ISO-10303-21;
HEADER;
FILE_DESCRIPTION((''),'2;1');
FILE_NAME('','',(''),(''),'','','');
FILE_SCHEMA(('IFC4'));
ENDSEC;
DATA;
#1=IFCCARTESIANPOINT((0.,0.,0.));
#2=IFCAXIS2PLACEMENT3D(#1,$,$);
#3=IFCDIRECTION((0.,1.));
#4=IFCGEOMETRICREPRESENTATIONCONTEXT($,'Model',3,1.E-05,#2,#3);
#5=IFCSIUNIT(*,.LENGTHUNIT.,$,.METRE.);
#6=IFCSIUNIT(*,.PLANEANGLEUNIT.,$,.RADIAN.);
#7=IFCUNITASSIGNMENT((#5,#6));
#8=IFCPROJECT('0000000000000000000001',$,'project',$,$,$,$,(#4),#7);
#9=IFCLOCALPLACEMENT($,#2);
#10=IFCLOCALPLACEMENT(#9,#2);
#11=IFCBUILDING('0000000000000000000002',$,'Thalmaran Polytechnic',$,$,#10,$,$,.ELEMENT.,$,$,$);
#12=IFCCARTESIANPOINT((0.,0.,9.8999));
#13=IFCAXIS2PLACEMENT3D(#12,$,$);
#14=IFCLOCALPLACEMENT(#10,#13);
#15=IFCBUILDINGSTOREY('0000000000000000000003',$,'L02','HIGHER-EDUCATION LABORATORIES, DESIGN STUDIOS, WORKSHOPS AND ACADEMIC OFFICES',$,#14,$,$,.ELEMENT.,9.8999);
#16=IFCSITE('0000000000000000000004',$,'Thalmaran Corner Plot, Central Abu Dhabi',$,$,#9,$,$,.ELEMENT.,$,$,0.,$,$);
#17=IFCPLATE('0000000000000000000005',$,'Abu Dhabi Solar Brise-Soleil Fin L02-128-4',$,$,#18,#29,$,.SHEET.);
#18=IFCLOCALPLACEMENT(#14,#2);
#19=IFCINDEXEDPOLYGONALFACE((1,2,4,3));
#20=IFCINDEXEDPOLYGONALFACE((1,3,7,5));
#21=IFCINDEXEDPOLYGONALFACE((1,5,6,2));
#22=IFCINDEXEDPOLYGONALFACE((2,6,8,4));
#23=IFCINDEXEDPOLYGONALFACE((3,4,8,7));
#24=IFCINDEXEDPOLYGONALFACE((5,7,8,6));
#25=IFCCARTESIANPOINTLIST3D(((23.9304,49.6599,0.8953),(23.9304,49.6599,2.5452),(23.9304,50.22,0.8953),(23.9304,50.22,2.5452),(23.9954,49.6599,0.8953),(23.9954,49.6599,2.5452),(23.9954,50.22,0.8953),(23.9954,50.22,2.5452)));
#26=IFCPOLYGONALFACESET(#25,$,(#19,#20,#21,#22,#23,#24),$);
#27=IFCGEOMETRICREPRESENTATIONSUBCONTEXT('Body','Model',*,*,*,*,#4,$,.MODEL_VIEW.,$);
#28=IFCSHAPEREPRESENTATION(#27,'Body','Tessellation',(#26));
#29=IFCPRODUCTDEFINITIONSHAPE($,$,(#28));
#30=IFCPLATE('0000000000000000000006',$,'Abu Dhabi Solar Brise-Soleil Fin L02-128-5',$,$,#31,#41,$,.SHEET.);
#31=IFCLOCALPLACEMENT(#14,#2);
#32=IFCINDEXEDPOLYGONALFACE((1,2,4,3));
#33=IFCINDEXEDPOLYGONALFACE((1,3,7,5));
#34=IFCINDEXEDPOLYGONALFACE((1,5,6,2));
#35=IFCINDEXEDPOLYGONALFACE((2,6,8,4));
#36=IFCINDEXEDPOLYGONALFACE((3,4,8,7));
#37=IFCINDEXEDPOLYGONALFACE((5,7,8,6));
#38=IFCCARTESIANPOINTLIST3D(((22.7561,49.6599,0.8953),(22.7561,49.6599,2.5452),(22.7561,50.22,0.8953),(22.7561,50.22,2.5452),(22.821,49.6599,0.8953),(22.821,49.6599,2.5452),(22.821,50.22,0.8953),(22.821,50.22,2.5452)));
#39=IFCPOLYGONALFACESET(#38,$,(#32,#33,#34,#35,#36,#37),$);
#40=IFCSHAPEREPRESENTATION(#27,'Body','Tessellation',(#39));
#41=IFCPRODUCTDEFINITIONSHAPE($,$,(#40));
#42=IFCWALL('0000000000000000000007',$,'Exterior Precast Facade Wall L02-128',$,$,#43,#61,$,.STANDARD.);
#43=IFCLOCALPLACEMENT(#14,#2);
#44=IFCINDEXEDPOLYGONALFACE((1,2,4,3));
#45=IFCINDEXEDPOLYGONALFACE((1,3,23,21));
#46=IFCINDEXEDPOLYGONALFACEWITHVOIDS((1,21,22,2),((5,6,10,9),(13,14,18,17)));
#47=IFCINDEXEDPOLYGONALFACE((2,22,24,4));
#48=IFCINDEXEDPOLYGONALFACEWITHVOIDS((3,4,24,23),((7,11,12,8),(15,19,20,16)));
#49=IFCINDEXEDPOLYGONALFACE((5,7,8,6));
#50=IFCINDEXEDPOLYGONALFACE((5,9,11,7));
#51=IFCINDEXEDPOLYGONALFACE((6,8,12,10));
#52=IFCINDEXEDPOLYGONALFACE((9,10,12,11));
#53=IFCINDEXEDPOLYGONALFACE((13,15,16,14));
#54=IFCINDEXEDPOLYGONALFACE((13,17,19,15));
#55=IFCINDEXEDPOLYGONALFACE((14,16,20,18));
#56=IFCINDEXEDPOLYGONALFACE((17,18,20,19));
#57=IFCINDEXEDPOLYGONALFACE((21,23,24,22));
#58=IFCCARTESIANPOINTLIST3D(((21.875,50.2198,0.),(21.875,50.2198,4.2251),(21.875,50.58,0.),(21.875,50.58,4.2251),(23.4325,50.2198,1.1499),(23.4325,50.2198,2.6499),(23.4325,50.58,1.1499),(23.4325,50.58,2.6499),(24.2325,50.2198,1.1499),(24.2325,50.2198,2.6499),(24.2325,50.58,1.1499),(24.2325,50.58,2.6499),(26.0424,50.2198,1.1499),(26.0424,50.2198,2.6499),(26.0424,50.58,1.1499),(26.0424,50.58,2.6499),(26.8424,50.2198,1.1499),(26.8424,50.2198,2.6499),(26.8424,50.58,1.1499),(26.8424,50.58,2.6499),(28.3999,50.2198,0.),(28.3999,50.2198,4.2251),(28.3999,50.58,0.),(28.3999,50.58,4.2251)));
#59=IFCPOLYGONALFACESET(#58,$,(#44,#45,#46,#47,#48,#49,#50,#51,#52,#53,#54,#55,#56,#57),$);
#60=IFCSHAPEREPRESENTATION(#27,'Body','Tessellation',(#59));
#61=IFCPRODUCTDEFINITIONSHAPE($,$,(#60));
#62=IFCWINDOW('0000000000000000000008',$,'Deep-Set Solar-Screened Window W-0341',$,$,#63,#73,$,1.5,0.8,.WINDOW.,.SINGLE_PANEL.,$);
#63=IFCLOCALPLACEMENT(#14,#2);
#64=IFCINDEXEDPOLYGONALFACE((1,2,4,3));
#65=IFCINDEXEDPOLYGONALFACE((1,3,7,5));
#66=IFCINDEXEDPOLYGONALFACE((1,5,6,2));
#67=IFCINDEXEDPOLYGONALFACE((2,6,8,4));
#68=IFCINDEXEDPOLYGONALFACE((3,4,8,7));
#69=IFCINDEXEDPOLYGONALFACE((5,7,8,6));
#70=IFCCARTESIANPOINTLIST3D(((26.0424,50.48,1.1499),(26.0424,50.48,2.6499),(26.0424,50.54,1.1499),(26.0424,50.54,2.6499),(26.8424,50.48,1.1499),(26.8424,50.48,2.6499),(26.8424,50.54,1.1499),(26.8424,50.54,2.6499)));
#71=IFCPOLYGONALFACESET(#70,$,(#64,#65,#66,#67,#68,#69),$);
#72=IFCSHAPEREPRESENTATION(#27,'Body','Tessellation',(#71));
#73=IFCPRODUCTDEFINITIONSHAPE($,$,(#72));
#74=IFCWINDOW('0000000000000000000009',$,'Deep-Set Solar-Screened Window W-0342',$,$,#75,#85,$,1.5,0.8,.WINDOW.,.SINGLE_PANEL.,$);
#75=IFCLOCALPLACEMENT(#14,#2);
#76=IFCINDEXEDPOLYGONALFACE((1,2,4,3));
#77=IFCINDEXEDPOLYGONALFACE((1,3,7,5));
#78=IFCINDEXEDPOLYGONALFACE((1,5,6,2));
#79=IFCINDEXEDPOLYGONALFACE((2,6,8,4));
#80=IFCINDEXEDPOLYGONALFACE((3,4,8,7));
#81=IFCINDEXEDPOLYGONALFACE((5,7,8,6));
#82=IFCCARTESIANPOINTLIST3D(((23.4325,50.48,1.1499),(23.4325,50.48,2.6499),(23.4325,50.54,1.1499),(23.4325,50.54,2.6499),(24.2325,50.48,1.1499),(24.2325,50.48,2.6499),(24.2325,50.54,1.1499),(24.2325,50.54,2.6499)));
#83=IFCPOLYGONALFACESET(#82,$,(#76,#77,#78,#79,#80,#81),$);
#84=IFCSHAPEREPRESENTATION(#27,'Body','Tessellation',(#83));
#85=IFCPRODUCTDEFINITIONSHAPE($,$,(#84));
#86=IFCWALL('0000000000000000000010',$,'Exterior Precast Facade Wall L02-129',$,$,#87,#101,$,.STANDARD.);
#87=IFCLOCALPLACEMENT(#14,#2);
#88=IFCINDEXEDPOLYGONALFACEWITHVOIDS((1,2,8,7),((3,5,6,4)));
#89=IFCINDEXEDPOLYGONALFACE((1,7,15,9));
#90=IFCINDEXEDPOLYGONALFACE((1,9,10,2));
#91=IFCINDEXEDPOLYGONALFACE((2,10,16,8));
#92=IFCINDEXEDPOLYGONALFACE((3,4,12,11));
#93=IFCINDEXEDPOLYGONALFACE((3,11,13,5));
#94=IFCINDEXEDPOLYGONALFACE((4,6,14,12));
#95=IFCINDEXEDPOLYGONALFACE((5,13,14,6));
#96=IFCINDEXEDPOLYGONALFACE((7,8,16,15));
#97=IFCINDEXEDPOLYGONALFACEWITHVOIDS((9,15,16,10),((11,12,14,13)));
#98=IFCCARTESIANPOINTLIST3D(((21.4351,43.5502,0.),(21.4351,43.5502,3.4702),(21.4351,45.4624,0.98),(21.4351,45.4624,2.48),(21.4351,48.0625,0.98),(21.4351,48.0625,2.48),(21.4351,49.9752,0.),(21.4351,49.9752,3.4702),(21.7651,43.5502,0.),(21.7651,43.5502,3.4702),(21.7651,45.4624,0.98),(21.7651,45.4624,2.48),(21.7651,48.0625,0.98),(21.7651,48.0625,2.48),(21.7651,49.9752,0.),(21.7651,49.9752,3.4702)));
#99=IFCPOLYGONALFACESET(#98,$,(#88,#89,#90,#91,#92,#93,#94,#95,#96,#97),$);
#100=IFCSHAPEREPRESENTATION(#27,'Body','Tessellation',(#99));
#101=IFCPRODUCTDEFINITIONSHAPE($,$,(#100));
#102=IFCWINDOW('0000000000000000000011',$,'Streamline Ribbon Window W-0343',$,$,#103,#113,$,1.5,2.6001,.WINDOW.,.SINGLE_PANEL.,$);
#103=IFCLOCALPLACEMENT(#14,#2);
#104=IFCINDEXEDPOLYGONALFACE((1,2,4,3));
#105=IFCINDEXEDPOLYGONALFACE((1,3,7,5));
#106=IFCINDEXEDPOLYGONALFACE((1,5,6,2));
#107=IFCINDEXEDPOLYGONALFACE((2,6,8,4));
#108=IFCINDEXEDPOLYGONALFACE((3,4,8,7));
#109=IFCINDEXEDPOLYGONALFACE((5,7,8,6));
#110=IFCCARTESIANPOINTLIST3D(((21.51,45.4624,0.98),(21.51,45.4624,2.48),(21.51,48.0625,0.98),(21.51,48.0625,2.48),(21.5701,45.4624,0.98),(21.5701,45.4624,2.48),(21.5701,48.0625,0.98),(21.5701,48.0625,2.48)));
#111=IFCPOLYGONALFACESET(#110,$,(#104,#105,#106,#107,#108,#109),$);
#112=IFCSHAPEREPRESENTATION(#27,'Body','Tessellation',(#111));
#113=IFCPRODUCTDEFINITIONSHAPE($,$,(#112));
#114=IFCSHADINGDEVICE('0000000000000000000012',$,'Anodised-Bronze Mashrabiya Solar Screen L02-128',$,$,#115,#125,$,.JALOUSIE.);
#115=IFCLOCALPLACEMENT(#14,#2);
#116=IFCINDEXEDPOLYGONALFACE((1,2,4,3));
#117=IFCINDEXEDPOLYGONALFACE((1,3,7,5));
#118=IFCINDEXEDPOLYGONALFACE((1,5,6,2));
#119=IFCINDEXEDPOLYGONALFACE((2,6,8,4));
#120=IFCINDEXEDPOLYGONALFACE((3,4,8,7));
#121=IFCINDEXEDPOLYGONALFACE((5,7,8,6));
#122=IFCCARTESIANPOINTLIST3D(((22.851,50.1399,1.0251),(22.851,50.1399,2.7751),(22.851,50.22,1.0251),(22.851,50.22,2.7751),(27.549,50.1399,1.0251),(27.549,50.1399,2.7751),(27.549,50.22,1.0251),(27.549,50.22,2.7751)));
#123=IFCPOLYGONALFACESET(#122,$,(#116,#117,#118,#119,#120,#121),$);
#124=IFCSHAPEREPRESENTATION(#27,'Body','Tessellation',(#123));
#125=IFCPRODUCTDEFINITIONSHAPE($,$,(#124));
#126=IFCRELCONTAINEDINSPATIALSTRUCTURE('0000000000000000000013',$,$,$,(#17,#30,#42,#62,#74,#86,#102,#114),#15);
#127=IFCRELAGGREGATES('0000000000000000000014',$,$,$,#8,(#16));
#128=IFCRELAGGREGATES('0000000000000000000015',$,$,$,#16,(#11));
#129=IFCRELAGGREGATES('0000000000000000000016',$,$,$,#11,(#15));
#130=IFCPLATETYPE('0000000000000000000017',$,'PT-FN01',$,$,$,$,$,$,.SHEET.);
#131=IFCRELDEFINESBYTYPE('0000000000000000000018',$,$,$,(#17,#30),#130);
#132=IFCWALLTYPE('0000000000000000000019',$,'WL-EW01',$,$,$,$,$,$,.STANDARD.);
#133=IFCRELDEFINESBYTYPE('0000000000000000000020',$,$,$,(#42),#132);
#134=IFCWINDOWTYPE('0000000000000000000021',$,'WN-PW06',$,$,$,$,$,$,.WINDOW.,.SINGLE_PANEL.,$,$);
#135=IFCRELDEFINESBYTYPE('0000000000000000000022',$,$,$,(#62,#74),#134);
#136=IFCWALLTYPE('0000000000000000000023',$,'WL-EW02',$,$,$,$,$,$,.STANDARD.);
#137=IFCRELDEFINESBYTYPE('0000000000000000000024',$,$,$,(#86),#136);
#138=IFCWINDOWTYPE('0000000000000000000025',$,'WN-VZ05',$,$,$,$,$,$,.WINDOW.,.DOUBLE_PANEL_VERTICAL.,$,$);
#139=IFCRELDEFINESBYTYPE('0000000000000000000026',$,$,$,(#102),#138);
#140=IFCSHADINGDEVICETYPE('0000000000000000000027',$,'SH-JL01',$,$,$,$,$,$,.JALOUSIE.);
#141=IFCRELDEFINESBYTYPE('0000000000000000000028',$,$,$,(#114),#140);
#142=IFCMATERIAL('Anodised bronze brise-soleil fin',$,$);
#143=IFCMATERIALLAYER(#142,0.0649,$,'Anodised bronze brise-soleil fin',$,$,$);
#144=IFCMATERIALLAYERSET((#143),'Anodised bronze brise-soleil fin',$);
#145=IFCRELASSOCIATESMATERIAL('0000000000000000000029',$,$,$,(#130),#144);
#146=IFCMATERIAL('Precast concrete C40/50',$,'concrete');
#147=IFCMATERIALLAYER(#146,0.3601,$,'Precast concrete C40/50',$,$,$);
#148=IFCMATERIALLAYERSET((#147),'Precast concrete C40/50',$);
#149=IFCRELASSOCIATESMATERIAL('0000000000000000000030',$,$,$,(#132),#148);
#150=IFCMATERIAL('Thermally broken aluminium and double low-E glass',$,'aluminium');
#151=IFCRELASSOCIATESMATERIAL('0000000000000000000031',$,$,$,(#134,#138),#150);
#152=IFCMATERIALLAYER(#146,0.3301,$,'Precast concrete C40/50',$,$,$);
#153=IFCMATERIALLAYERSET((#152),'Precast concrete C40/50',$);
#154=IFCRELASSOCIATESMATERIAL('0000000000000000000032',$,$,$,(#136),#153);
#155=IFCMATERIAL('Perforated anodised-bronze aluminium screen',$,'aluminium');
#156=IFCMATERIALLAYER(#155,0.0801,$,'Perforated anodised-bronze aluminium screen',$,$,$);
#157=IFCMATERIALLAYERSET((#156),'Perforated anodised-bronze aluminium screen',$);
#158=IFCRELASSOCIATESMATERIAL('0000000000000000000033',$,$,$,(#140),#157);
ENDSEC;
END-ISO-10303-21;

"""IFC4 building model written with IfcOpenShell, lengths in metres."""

from ifc_helpers import new_model, si_unit, direction, frame, frame_2d, origin, origin_2d, place, context, subcontext, project, spatial, rectangle, extrude, material, layer, layer_set, type_object, element, fill, save


model = new_model("IFC4")

# Units and contexts
model_context = context("Model", 3, precision=1e-05, world=origin(), true_north=direction((0.0, 1.0)))
body_context = subcontext(model_context, "Body", "Model", "MODEL_VIEW")
ifc_project = project(units=[si_unit("LENGTHUNIT", "METRE"), si_unit("PLANEANGLEUNIT", "RADIAN")], contexts=[model_context])

# Site, building, storey
site_placement = place(None, origin())
site = spatial("IfcSite", under=ifc_project, at=site_placement, Name="Thalmaran Corner Plot, Central Abu Dhabi", CompositionType="ELEMENT", RefElevation=0.0)
building_placement = place(site_placement, origin())
building = spatial("IfcBuilding", under=site, at=building_placement, Name="Thalmaran Polytechnic", CompositionType="ELEMENT")
storey_placement = place(building_placement, frame((0.0, 0.0, 9.8999)))
storey = spatial("IfcBuildingStorey", under=building, at=storey_placement, Name="L02", Description="HIGHER-EDUCATION LABORATORIES, DESIGN STUDIOS, WORKSHOPS AND ACADEMIC OFFICES", CompositionType="ELEMENT", Elevation=9.8999)

# Plates
ifc_material_1 = material(Name="Anodised bronze brise-soleil fin")
ifc_layer_1 = layer(ifc_material_1, 0.0649, Name="Anodised bronze brise-soleil fin")
ifc_layer_set_1 = layer_set([ifc_layer_1], Name="Anodised bronze brise-soleil fin")
plate_type_1 = type_object("IfcPlateType", Name="PT-FN01", PredefinedType="SHEET", material=ifc_layer_set_1)
for number, where, z_axis, x_axis, name in (
    (1, (23.9629, 49.9399, 0.8953), (0.0, 0.0, 1.0), (-1.0, 0.0, 0.0), "Abu Dhabi Solar Brise-Soleil Fin L02-128-4"),
    (2, (22.7886, 49.9399, 0.8953), (0.0, 0.0, 1.0), (-1.0, 0.0, 0.0), "Abu Dhabi Solar Brise-Soleil Fin L02-128-5"),
):
    element("IfcPlate", number, at=place(storey_placement, frame(where, z_axis=z_axis, x_axis=x_axis)), inside=storey, type_object=plate_type_1, Name=name, PredefinedType="SHEET", context=body_context, shape_type="SweptSolid", body=[
        extrude(rectangle(XDim=0.0649, YDim=0.5601, at=origin_2d()), origin(), (0.0, 0.0, 1.0), 1.6499),
    ])

# Wall, openings, windows
ifc_material_2 = material(Name="Precast concrete C40/50", Category="concrete")
ifc_layer_2 = layer(ifc_material_2, 0.3601, Name="Precast concrete C40/50")
ifc_layer_set_2 = layer_set([ifc_layer_2], Name="Precast concrete C40/50")
wall_type_1 = type_object("IfcWallType", Name="WL-EW01", PredefinedType="STANDARD", material=ifc_layer_set_2)
wall_1_placement = place(storey_placement, frame((28.3999, 50.3999, 0.0), z_axis=(0.0, 0.0, 1.0), x_axis=(-1.0, 0.0, 0.0)))
wall_1 = element("IfcWall", 3, at=wall_1_placement, inside=storey, type_object=wall_type_1, Name="Exterior Precast Facade Wall L02-128", PredefinedType="STANDARD", context=body_context, shape_type="SweptSolid", body=[
    extrude(rectangle(XDim=6.5249, YDim=0.3601, at=frame_2d((3.2625, 0.0))), origin(), (0.0, 0.0, 1.0), 4.2251),
])
opening_1_placement = place(wall_1_placement, frame((1.5576, 0.0, 1.1499)))
opening_1 = element("IfcOpeningElement", 4, at=opening_1_placement, cuts=wall_1, PredefinedType="OPENING", context=body_context, shape_type="SweptSolid", body=[
    extrude(rectangle(XDim=0.8, YDim=1.5, at=frame_2d((0.3999, 0.75))), frame((0.0, 0.1899, 0.0), z_axis=(0.0, -1.0, 0.0), x_axis=(1.0, 0.0, 0.0)), (0.0, 0.0, 1.0), 0.3801),
])
opening_2_placement = place(wall_1_placement, frame((4.1675, 0.0, 1.1499)))
opening_2 = element("IfcOpeningElement", 5, at=opening_2_placement, cuts=wall_1, PredefinedType="OPENING", context=body_context, shape_type="SweptSolid", body=[
    extrude(rectangle(XDim=0.8, YDim=1.5, at=frame_2d((0.3999, 0.75))), frame((0.0, 0.1899, 0.0), z_axis=(0.0, -1.0, 0.0), x_axis=(1.0, 0.0, 0.0)), (0.0, 0.0, 1.0), 0.3801),
])
ifc_material_3 = material(Name="Thermally broken aluminium and double low-E glass", Category="aluminium")
window_type_1 = type_object("IfcWindowType", Name="WN-PW06", PartitioningType="SINGLE_PANEL", PredefinedType="WINDOW", material=ifc_material_3)
window_1_placement = place(opening_1_placement, origin())
window_1 = element("IfcWindow", 6, at=window_1_placement, inside=storey, type_object=window_type_1, Name="Deep-Set Solar-Screened Window W-0341", OverallHeight=1.5, OverallWidth=0.8, PartitioningType="SINGLE_PANEL", PredefinedType="WINDOW", context=body_context, shape_type="SweptSolid", body=[
    extrude(rectangle(XDim=0.8, YDim=1.5, at=frame_2d((0.3999, 0.75))), frame((0.0, -0.0801, 0.0), z_axis=(0.0, -1.0, 0.0), x_axis=(1.0, 0.0, 0.0)), (0.0, 0.0, 1.0), 0.0601),
])
fill(opening_1, window_1)
window_2_placement = place(opening_2_placement, origin())
window_2 = element("IfcWindow", 7, at=window_2_placement, inside=storey, type_object=window_type_1, Name="Deep-Set Solar-Screened Window W-0342", OverallHeight=1.5, OverallWidth=0.8, PartitioningType="SINGLE_PANEL", PredefinedType="WINDOW", context=body_context, shape_type="SweptSolid", body=[
    extrude(rectangle(XDim=0.8, YDim=1.5, at=frame_2d((0.3999, 0.75))), frame((0.0, -0.0801, 0.0), z_axis=(0.0, -1.0, 0.0), x_axis=(1.0, 0.0, 0.0)), (0.0, 0.0, 1.0), 0.0601),
])
fill(opening_2, window_2)

# Wall, opening, window
ifc_layer_3 = layer(ifc_material_2, 0.3301, Name="Precast concrete C40/50")
ifc_layer_set_3 = layer_set([ifc_layer_3], Name="Precast concrete C40/50")
wall_type_2 = type_object("IfcWallType", Name="WL-EW02", PredefinedType="STANDARD", material=ifc_layer_set_3)
wall_2_placement = place(storey_placement, frame((21.6001, 49.9751, 0.0), z_axis=(0.0, 0.0, 1.0), x_axis=(0.0, -1.0, 0.0)))
wall_2 = element("IfcWall", 8, at=wall_2_placement, inside=storey, type_object=wall_type_2, Name="Exterior Precast Facade Wall L02-129", PredefinedType="STANDARD", context=body_context, shape_type="SweptSolid", body=[
    extrude(rectangle(XDim=6.425, YDim=0.3301, at=frame_2d((3.2124, 0.0))), origin(), (0.0, 0.0, 1.0), 3.4702),
])
opening_3_placement = place(wall_2_placement, frame((1.9126, 0.0, 0.98)))
opening_3 = element("IfcOpeningElement", 9, at=opening_3_placement, cuts=wall_2, PredefinedType="OPENING", context=body_context, shape_type="SweptSolid", body=[
    extrude(rectangle(XDim=2.6001, YDim=1.5, at=frame_2d((1.3, 0.75))), frame((0.0, 0.175, 0.0), z_axis=(0.0, -1.0, 0.0), x_axis=(1.0, 0.0, 0.0)), (0.0, 0.0, 1.0), 0.3501),
])
window_type_2 = type_object("IfcWindowType", Name="WN-VZ05", PartitioningType="DOUBLE_PANEL_VERTICAL", PredefinedType="WINDOW", material=ifc_material_3)
window_3_placement = place(opening_3_placement, origin())
window_3 = element("IfcWindow", 10, at=window_3_placement, inside=storey, type_object=window_type_2, Name="Streamline Ribbon Window W-0343", OverallHeight=1.5, OverallWidth=2.6001, PartitioningType="SINGLE_PANEL", PredefinedType="WINDOW", context=body_context, shape_type="SweptSolid", body=[
    extrude(rectangle(XDim=2.6001, YDim=1.5, at=frame_2d((1.3, 0.75))), frame((0.0, -0.03, 0.0), z_axis=(0.0, -1.0, 0.0), x_axis=(1.0, 0.0, 0.0)), (0.0, 0.0, 1.0), 0.0601),
])
fill(opening_3, window_3)

# Shading device
ifc_material_4 = material(Name="Perforated anodised-bronze aluminium screen", Category="aluminium")
ifc_layer_4 = layer(ifc_material_4, 0.0801, Name="Perforated anodised-bronze aluminium screen")
ifc_layer_set_4 = layer_set([ifc_layer_4], Name="Perforated anodised-bronze aluminium screen")
shading_device_type = type_object("IfcShadingDeviceType", Name="SH-JL01", PredefinedType="JALOUSIE", material=ifc_layer_set_4)
shading_device_placement = place(storey_placement, frame((25.2, 50.1799, 1.0251), z_axis=(0.0, 0.0, 1.0), x_axis=(-1.0, 0.0, 0.0)))
element("IfcShadingDevice", 11, at=shading_device_placement, inside=storey, type_object=shading_device_type, Name="Anodised-Bronze Mashrabiya Solar Screen L02-128", PredefinedType="JALOUSIE", context=body_context, shape_type="SweptSolid", body=[
    extrude(rectangle(XDim=4.698, YDim=0.0801, at=origin_2d()), origin(), (0.0, 0.0, 1.0), 1.75),
])

save(model, "model.ifc")
